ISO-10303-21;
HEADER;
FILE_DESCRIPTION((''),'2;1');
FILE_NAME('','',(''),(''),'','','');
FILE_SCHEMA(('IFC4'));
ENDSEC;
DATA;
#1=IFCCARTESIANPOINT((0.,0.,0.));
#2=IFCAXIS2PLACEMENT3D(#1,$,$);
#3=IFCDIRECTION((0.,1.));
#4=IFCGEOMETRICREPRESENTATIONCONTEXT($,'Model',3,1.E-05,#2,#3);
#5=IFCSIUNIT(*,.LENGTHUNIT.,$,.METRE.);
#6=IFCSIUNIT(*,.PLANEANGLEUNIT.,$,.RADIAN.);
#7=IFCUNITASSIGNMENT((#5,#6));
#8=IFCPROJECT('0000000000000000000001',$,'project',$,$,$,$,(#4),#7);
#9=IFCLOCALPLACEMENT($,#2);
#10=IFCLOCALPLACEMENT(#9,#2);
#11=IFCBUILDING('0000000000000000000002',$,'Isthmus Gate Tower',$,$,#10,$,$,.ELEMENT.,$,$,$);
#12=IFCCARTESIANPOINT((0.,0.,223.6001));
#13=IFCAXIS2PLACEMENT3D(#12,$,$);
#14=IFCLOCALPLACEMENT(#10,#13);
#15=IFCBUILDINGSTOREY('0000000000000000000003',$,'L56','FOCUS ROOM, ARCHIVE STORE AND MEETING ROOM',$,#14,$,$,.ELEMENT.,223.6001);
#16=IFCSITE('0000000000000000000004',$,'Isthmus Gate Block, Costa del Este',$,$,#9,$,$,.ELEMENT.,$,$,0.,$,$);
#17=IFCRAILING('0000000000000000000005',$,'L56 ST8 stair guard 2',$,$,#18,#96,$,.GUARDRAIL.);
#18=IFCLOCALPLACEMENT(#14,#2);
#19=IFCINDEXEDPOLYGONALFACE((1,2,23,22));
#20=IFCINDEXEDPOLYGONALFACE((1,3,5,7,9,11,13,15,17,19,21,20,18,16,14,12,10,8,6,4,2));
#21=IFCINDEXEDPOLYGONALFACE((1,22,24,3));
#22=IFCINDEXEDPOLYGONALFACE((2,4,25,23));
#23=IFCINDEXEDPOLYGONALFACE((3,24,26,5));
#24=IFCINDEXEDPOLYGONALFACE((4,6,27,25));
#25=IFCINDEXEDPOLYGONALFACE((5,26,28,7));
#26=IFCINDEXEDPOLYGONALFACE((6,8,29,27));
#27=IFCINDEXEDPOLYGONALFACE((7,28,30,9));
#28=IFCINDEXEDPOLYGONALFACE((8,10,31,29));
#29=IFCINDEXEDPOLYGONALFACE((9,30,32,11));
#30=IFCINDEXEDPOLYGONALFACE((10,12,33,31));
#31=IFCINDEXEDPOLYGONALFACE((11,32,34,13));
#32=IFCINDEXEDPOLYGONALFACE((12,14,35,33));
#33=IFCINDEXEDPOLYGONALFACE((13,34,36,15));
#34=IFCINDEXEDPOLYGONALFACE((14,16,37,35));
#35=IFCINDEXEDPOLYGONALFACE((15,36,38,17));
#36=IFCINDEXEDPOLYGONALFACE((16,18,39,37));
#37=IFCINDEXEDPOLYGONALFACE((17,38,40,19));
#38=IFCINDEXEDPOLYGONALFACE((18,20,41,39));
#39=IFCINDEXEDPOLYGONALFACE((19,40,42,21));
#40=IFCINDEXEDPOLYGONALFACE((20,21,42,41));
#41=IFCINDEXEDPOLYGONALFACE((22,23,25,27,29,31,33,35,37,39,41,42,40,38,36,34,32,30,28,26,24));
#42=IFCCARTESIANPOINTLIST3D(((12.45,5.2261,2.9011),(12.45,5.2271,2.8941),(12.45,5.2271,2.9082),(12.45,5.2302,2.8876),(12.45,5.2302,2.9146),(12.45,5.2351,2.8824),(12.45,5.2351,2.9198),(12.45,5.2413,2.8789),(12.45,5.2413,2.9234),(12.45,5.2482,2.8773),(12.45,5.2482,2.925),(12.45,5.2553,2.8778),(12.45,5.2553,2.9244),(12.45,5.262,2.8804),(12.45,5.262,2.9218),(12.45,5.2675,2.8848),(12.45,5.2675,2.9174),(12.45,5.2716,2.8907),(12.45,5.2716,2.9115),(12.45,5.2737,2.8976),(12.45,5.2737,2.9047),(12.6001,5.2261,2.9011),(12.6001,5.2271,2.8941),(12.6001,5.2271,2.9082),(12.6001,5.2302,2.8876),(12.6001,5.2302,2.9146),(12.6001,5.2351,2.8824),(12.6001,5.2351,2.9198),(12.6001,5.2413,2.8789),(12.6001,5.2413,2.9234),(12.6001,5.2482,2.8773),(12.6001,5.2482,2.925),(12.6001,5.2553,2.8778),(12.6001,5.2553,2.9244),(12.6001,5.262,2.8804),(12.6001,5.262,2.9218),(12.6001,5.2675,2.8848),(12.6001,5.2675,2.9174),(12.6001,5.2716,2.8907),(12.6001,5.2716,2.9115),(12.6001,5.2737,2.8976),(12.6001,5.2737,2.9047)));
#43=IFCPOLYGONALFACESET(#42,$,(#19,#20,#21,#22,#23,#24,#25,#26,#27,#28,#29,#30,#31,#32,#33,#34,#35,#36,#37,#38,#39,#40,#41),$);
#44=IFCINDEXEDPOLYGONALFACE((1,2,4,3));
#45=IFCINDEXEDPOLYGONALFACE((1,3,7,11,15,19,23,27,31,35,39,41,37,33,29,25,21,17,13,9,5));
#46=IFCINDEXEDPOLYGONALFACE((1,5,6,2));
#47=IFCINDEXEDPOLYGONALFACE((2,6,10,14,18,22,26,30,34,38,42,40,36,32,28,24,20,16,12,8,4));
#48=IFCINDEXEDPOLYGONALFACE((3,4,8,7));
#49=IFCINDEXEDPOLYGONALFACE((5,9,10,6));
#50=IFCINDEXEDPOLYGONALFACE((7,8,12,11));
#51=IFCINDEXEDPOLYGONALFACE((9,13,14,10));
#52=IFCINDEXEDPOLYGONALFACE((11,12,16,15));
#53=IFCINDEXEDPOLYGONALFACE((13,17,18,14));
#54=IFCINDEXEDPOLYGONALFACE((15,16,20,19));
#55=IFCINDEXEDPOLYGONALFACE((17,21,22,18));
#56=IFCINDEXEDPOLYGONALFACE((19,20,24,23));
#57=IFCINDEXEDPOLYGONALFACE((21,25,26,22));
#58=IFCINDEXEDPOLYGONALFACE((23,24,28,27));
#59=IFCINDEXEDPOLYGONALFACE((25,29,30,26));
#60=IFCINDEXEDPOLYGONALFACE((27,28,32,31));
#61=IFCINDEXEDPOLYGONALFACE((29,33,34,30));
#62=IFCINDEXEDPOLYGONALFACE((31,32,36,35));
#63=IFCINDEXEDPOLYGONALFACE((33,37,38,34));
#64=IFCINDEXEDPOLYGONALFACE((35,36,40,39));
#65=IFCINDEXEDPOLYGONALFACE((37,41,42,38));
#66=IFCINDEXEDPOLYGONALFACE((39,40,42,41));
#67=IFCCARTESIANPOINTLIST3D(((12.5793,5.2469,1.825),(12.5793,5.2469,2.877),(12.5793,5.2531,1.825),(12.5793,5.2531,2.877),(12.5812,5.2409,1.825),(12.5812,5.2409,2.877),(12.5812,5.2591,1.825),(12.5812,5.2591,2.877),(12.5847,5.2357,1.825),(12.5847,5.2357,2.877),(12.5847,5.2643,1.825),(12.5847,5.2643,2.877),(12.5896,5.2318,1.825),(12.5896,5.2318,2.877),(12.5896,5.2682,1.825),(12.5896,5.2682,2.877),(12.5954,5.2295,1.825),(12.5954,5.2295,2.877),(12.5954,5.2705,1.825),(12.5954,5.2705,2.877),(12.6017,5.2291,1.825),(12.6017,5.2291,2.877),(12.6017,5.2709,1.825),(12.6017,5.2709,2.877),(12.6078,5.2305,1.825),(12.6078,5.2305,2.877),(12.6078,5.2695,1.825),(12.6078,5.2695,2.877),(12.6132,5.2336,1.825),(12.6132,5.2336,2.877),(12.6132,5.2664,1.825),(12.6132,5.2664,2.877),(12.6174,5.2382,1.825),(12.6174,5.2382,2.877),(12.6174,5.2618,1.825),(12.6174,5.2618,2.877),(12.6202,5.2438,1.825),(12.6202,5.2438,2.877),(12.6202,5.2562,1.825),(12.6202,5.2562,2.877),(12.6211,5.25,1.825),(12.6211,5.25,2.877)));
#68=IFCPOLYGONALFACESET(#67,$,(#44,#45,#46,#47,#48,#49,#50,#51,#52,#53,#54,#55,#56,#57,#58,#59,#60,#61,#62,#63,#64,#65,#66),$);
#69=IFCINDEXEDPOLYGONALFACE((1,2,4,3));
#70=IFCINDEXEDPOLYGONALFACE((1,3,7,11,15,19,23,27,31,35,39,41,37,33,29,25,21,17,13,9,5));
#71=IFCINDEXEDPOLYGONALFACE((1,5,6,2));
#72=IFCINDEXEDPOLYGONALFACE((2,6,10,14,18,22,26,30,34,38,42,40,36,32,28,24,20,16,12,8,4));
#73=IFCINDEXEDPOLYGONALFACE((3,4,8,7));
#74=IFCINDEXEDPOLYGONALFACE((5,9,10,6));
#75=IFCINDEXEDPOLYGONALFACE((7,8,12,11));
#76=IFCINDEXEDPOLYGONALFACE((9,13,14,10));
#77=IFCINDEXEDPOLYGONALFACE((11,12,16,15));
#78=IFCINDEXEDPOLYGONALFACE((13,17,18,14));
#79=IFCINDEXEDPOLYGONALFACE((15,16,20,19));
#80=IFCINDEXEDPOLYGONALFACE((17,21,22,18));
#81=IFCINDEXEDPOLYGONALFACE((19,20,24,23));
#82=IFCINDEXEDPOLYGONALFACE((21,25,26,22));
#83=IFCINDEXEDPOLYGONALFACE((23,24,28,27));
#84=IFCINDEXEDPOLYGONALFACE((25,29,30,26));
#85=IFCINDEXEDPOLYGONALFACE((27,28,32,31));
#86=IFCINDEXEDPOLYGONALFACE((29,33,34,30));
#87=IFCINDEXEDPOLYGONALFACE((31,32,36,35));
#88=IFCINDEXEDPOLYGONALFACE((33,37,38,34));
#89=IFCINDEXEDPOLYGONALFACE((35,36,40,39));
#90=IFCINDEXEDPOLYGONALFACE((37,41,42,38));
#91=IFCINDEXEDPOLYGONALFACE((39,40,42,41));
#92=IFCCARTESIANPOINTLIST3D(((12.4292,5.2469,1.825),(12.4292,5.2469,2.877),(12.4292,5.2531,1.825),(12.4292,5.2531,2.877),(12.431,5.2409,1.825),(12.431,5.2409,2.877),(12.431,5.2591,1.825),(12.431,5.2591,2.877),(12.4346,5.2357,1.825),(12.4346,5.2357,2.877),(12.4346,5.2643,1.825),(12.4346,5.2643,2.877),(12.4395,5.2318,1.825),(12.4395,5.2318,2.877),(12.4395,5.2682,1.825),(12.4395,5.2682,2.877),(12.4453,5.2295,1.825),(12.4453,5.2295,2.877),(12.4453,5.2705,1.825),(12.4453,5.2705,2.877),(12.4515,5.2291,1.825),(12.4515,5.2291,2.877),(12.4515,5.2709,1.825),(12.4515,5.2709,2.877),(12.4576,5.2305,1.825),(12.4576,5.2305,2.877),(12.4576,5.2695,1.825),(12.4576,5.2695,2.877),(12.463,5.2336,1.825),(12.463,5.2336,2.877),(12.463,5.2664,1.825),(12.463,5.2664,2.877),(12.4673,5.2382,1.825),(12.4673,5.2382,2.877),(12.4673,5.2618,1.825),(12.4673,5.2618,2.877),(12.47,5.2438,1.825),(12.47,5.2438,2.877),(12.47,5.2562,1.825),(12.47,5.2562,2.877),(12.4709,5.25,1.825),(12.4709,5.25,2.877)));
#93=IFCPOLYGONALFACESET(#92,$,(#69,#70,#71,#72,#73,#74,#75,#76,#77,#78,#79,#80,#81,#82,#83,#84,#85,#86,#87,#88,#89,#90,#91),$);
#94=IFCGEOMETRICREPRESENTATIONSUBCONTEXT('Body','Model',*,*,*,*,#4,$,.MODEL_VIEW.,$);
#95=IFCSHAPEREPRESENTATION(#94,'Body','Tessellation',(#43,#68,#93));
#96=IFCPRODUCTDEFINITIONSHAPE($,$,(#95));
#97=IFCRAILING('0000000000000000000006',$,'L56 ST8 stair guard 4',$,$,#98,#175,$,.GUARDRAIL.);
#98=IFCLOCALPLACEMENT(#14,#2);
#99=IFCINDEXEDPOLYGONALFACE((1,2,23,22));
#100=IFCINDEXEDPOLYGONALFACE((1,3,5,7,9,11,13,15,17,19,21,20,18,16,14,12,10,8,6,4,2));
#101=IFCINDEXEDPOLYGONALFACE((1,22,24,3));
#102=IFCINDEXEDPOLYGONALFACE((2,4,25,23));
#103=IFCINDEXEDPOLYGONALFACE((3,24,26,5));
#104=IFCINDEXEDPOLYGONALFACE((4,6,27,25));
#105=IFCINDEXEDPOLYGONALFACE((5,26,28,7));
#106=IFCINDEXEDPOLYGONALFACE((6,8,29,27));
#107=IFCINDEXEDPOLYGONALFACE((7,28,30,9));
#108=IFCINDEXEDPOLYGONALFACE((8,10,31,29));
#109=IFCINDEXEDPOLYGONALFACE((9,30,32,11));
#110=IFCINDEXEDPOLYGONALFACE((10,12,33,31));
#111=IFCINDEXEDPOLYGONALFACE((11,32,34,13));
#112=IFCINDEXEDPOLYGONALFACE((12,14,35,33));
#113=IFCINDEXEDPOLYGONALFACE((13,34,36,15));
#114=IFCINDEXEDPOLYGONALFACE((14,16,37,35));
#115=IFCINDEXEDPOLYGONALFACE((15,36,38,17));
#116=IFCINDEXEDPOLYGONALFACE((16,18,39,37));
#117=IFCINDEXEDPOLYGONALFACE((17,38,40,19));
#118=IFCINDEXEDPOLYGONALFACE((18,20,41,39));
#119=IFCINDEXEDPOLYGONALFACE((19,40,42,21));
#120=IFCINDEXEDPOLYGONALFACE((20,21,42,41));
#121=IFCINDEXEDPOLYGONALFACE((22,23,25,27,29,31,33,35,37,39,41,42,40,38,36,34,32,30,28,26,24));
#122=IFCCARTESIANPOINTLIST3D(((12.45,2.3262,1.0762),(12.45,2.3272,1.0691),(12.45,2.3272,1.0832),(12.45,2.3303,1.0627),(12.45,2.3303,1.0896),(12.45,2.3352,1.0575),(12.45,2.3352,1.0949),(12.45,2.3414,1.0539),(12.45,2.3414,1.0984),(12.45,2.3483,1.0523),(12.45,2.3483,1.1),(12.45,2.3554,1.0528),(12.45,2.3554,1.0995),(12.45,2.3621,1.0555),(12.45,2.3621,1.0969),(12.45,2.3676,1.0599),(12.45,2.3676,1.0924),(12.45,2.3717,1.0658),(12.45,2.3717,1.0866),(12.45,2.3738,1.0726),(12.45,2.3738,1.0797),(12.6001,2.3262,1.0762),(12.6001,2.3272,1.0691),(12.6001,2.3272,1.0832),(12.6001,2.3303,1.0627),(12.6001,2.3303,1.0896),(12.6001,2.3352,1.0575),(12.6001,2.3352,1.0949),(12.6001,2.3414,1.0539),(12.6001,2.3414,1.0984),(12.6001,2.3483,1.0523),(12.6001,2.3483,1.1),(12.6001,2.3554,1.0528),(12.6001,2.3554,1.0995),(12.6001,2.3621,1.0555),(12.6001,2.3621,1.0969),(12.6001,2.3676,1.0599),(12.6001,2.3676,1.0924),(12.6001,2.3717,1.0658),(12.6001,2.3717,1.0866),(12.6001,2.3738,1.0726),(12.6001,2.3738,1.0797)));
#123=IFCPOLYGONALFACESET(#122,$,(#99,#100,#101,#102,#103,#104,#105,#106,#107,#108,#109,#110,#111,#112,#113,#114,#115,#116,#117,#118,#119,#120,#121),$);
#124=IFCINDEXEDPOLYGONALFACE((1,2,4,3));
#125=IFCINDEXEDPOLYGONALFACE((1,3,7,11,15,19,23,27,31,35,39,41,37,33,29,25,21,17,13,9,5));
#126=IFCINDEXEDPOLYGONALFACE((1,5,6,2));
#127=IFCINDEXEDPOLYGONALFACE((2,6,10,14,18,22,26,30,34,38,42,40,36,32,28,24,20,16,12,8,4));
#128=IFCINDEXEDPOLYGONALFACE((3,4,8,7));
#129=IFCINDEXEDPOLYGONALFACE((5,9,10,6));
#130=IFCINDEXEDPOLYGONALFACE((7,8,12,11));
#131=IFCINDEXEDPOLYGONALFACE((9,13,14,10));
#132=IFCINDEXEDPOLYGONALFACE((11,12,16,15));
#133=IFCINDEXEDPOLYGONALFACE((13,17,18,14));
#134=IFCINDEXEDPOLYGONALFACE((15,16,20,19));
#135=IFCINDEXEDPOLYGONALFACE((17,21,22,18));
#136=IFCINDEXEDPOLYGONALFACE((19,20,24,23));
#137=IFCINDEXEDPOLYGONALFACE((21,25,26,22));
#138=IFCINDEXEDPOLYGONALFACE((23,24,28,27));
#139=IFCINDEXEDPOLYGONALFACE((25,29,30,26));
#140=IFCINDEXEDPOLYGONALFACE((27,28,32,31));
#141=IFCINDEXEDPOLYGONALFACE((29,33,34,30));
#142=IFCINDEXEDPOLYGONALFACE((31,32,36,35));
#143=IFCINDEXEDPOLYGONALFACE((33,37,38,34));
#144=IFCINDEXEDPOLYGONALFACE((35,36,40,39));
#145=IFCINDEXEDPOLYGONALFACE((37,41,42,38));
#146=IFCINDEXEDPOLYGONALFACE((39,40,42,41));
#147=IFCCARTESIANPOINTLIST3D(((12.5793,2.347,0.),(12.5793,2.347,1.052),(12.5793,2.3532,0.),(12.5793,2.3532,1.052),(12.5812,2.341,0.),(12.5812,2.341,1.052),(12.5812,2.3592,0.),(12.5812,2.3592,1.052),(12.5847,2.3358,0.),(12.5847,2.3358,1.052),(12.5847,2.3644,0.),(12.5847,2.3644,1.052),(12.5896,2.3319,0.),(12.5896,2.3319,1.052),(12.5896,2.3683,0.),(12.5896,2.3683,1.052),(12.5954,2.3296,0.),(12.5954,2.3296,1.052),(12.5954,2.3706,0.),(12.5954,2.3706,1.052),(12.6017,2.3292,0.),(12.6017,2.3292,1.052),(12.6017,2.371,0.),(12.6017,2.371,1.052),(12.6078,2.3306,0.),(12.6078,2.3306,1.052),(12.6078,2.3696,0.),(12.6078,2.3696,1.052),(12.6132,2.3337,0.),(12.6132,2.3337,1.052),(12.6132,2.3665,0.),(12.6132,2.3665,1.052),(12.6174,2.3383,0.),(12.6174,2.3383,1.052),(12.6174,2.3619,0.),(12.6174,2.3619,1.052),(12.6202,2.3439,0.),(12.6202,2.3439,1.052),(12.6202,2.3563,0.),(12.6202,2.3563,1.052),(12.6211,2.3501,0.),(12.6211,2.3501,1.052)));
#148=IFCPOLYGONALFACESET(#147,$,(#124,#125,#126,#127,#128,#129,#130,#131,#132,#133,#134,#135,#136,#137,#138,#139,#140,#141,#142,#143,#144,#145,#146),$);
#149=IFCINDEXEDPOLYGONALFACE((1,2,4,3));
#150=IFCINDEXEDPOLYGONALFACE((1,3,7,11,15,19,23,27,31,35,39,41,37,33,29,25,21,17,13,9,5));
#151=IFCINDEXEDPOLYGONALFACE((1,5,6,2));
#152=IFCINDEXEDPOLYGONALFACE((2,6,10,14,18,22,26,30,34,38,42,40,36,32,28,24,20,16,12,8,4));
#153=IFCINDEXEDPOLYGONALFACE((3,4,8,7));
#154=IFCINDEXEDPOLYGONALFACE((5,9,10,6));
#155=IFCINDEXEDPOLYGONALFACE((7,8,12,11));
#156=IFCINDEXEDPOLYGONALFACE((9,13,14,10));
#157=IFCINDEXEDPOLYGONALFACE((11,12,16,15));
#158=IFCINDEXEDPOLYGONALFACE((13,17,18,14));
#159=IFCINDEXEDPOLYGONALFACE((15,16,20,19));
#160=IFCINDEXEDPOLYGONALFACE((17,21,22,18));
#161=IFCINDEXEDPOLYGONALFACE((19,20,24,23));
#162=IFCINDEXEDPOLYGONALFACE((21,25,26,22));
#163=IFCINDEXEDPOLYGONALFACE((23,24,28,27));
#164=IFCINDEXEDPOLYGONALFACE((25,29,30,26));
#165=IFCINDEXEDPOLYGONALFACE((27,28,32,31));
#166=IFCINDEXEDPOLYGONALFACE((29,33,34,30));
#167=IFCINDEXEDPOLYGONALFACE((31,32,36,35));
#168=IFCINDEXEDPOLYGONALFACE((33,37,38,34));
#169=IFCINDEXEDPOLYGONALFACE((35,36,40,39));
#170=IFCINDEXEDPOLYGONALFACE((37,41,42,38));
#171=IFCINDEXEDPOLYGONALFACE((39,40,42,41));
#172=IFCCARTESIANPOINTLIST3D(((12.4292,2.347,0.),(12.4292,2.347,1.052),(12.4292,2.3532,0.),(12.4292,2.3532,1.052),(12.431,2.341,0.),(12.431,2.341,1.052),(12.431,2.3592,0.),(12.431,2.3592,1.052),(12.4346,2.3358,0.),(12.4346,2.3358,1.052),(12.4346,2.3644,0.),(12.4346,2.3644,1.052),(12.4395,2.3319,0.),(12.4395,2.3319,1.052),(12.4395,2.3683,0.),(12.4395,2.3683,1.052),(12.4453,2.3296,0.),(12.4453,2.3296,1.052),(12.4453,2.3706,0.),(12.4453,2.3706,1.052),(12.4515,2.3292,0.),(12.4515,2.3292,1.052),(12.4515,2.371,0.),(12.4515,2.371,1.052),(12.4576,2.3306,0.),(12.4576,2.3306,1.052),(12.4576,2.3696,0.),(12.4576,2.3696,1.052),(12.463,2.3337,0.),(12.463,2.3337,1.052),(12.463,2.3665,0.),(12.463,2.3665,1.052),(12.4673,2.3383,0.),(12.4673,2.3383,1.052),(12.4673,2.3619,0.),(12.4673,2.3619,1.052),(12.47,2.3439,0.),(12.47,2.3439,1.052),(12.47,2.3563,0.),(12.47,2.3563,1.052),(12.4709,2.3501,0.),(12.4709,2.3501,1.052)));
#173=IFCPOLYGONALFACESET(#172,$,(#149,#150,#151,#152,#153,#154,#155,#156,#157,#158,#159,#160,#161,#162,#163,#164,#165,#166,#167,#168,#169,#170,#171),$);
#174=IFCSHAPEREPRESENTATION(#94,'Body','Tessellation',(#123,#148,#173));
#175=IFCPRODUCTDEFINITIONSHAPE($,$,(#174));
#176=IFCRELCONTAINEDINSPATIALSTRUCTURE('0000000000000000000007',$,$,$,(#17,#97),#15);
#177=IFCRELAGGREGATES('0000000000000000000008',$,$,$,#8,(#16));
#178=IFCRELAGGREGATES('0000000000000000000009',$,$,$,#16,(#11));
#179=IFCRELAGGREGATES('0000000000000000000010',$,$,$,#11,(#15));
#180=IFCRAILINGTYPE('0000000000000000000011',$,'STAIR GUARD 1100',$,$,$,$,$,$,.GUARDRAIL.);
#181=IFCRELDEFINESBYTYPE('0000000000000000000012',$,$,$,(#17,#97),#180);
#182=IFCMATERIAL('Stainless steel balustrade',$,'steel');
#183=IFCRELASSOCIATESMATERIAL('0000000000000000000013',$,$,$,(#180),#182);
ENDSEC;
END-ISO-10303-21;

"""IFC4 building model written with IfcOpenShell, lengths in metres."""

from ifc_helpers import new_model, si_unit, direction, frame, origin, origin_2d, place, context, subcontext, project, spatial, circle, extrude, material, type_object, element, save


model = new_model("IFC4")

# Units and contexts
model_context = context("Model", 3, precision=1e-05, world=origin(), true_north=direction((0.0, 1.0)))
body_context = subcontext(model_context, "Body", "Model", "MODEL_VIEW")
ifc_project = project(units=[si_unit("LENGTHUNIT", "METRE"), si_unit("PLANEANGLEUNIT", "RADIAN")], contexts=[model_context])

# Site, building, storey
site_placement = place(None, origin())
site = spatial("IfcSite", under=ifc_project, at=site_placement, Name="Isthmus Gate Block, Costa del Este", CompositionType="ELEMENT", RefElevation=0.0)
building_placement = place(site_placement, origin())
building = spatial("IfcBuilding", under=site, at=building_placement, Name="Isthmus Gate Tower", CompositionType="ELEMENT")
storey_placement = place(building_placement, frame((0.0, 0.0, 223.6001)))
storey = spatial("IfcBuildingStorey", under=building, at=storey_placement, Name="L56", Description="FOCUS ROOM, ARCHIVE STORE AND MEETING ROOM", CompositionType="ELEMENT", Elevation=223.6001)

# Railings
ifc_material_1 = material(Name="Stainless steel balustrade", Category="steel")
railing_type_1 = type_object("IfcRailingType", Name="STAIR GUARD 1100", PredefinedType="GUARDRAIL", material=ifc_material_1)
for number, where, name in (
    (1, (12.6001, 5.25, 1.825), "L56 ST8 stair guard 2"),
    (2, (12.6001, 2.3501, 0.0), "L56 ST8 stair guard 4"),
):
    element("IfcRailing", number, at=place(storey_placement, frame(where)), inside=storey, type_object=railing_type_1, Name=name, PredefinedType="GUARDRAIL", context=body_context, shape_type="SweptSolid", body=[
        extrude(circle(Radius=0.0239, at=origin_2d()), frame((0.0, 0.0, 1.0762), z_axis=(-1.0, 0.0, 0.0), x_axis=(0.0, -1.0, 0.0)), (0.0, 0.0, 1.0), 0.1501),
        extrude(circle(Radius=0.021, at=origin_2d()), origin(), (0.0, 0.0, 1.0), 1.052),
        extrude(circle(Radius=0.021, at=origin_2d()), frame((-0.1501, 0.0, 0.0)), (0.0, 0.0, 1.0), 1.052),
    ])

save(model, "model.ifc")
